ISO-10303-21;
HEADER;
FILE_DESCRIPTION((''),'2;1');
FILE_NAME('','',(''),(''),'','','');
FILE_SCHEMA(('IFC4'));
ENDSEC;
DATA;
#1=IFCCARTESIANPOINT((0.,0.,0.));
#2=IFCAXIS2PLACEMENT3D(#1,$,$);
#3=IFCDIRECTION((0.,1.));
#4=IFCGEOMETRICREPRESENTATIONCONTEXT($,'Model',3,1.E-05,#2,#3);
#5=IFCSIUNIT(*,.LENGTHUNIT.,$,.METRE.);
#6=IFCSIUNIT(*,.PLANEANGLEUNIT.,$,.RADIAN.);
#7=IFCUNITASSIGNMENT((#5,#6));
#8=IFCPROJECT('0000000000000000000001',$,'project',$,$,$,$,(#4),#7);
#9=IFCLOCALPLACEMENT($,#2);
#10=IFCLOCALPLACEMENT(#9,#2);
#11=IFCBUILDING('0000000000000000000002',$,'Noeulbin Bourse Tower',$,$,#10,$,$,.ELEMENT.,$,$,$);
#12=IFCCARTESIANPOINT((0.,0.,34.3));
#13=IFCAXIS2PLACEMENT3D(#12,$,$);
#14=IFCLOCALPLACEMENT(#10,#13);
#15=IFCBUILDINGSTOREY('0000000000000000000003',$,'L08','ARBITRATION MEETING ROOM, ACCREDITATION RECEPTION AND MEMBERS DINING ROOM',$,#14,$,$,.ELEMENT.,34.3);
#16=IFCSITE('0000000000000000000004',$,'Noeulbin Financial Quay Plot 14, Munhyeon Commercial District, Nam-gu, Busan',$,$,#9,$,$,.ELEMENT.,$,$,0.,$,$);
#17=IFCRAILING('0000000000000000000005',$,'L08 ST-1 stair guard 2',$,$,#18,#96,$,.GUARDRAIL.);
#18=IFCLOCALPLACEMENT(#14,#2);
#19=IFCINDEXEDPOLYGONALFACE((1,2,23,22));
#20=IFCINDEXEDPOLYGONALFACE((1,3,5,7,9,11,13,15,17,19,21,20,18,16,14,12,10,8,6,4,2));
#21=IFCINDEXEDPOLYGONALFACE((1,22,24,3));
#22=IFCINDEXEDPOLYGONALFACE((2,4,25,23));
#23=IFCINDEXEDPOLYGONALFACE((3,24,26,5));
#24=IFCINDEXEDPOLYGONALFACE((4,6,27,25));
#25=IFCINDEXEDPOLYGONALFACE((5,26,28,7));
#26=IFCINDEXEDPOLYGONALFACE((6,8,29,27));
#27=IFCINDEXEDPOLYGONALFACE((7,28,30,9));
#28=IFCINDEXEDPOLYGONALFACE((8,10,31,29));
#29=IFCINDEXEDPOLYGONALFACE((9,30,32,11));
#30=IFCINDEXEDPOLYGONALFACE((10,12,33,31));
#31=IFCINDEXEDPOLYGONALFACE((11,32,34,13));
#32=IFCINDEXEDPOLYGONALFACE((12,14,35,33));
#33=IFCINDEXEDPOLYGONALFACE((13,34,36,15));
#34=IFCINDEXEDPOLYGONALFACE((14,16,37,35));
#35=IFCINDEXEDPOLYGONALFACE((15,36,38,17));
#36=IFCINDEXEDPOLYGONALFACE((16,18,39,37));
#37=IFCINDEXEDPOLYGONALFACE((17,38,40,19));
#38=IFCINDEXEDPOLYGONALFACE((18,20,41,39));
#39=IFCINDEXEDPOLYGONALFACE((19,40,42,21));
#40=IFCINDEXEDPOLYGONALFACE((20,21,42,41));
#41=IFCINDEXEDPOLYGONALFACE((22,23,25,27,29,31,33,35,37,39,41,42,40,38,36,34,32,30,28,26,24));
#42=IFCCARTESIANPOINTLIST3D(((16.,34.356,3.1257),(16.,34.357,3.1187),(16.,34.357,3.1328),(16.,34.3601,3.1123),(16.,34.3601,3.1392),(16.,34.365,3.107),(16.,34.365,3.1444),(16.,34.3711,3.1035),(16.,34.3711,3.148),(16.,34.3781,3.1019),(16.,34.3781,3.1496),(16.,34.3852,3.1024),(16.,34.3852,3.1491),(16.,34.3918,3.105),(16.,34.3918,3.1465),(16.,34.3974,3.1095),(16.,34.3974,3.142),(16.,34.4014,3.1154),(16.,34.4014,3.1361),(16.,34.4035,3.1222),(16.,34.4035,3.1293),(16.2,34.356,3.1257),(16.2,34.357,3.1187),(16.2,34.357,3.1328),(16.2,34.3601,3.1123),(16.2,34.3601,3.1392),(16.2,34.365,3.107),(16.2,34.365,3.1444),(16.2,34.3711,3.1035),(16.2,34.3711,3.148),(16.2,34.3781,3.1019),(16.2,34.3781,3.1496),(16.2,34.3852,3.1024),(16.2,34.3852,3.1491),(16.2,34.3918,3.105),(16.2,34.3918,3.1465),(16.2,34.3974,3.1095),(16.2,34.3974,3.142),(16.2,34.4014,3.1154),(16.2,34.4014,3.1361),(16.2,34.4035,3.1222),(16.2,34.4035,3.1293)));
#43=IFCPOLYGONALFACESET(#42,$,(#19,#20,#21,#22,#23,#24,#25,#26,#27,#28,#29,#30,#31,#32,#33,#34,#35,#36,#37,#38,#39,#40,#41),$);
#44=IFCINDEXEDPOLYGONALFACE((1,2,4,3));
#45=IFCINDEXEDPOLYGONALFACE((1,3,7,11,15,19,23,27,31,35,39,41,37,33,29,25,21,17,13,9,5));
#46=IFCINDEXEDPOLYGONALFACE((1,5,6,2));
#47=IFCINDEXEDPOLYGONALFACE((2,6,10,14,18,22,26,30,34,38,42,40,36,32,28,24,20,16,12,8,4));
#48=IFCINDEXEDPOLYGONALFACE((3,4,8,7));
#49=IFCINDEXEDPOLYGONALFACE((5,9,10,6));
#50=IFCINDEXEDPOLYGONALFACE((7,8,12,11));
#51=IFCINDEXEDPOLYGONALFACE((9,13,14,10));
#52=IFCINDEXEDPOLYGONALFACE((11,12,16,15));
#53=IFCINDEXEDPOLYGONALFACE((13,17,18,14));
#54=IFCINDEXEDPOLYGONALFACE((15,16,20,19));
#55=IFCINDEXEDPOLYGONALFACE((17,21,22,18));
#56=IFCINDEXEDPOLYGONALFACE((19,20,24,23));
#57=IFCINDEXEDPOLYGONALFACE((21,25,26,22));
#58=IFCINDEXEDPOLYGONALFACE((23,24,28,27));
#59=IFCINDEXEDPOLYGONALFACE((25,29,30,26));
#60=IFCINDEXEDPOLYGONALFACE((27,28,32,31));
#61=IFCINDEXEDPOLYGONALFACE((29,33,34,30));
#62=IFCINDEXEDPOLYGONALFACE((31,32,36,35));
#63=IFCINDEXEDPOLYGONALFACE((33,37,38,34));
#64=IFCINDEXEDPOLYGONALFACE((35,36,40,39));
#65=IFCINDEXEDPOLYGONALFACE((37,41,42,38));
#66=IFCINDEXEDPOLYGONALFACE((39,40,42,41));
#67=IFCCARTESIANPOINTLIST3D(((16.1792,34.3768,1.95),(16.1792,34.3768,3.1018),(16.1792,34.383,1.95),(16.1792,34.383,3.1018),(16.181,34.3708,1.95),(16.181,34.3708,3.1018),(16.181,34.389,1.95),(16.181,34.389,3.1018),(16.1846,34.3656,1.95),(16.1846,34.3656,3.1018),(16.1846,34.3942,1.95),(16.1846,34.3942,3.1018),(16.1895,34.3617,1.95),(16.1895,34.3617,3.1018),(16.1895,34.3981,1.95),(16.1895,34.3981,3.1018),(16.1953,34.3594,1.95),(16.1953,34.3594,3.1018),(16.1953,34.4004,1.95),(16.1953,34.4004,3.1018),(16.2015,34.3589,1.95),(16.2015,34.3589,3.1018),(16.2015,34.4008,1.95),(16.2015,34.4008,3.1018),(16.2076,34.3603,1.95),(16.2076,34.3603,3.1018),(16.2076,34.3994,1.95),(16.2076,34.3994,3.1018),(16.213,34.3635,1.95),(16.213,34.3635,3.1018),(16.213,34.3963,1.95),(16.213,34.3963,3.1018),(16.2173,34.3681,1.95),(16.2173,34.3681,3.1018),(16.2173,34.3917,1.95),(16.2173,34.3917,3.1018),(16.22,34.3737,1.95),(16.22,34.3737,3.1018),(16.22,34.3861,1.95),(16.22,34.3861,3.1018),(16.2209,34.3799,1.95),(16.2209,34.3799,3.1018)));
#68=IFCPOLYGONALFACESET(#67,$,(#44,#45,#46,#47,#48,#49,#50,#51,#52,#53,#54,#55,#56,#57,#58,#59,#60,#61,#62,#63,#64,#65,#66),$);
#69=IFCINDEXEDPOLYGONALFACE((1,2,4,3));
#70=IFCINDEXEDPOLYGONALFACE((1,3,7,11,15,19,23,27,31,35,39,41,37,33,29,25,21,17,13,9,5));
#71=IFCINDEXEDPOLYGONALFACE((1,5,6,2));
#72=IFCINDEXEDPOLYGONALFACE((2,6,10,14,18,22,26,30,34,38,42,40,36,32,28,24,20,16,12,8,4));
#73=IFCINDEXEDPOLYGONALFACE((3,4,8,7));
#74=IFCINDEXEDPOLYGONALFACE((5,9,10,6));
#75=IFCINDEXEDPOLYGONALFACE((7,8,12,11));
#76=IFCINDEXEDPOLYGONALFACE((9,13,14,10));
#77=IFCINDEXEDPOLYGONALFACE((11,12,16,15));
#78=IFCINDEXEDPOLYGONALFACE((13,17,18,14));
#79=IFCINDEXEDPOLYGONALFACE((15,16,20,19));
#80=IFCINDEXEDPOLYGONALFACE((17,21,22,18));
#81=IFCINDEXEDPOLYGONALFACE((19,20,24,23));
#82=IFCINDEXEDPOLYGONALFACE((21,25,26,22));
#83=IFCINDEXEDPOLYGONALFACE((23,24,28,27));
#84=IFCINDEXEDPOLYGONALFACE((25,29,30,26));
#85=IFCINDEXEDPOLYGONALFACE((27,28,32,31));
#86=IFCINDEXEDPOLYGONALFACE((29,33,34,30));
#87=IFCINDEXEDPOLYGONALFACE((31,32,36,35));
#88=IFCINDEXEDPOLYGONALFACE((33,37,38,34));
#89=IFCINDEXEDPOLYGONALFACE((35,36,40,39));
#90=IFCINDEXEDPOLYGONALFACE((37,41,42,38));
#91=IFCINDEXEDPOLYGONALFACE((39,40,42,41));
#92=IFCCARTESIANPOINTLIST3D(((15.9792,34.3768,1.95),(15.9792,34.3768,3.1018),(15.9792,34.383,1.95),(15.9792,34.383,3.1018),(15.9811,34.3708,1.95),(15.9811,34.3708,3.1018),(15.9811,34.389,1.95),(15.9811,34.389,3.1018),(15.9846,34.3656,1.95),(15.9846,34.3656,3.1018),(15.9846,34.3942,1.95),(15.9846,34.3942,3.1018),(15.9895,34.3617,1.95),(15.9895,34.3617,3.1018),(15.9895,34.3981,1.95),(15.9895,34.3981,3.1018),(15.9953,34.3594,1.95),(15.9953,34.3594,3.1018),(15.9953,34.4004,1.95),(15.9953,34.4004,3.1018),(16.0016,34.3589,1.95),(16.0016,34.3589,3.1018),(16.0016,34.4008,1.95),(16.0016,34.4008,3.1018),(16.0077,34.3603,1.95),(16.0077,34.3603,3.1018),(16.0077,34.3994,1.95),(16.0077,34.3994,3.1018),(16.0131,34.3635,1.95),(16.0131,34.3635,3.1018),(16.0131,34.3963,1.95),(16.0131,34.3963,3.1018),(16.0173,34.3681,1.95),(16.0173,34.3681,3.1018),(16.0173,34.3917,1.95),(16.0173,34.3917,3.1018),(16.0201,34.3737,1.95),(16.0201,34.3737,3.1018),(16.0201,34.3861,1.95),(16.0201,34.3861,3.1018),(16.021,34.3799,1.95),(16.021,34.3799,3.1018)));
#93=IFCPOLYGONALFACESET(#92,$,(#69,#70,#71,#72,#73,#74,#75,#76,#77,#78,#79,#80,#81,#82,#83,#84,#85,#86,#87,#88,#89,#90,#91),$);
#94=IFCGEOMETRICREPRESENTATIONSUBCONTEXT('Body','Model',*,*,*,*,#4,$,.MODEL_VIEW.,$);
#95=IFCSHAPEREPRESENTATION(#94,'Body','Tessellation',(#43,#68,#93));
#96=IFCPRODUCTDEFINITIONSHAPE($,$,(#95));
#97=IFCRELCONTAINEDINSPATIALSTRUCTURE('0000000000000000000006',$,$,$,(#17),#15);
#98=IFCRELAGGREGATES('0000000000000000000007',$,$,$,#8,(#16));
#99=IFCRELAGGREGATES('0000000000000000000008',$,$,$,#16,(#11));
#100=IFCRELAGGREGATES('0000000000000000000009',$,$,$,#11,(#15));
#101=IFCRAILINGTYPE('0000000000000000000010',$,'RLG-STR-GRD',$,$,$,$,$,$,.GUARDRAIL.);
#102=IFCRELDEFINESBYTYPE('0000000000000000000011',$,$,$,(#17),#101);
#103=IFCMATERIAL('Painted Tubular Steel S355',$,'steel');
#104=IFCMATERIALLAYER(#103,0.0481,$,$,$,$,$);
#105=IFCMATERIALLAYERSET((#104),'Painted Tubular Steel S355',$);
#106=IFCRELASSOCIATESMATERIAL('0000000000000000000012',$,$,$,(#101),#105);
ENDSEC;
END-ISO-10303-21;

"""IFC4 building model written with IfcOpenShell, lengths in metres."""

from ifc_helpers import new_model, si_unit, direction, frame, origin, origin_2d, place, context, subcontext, project, spatial, circle, extrude, material, layer, layer_set, type_object, element, save


model = new_model("IFC4")

# Units and contexts
model_context = context("Model", 3, precision=1e-05, world=origin(), true_north=direction((0.0, 1.0)))
body_context = subcontext(model_context, "Body", "Model", "MODEL_VIEW")
ifc_project = project(units=[si_unit("LENGTHUNIT", "METRE"), si_unit("PLANEANGLEUNIT", "RADIAN")], contexts=[model_context])

# Site, building, storey
site_placement = place(None, origin())
site = spatial("IfcSite", under=ifc_project, at=site_placement, Name="Noeulbin Financial Quay Plot 14, Munhyeon Commercial District, Nam-gu, Busan", CompositionType="ELEMENT", RefElevation=0.0)
building_placement = place(site_placement, origin())
building = spatial("IfcBuilding", under=site, at=building_placement, Name="Noeulbin Bourse Tower", CompositionType="ELEMENT")
storey_placement = place(building_placement, frame((0.0, 0.0, 34.3)))
storey = spatial("IfcBuildingStorey", under=building, at=storey_placement, Name="L08", Description="ARBITRATION MEETING ROOM, ACCREDITATION RECEPTION AND MEMBERS DINING ROOM", CompositionType="ELEMENT", Elevation=34.3)

# Railing
ifc_material_1 = material(Name="Painted Tubular Steel S355", Category="steel")
ifc_layer_1 = layer(ifc_material_1, 0.0481)
ifc_layer_set_1 = layer_set([ifc_layer_1], Name="Painted Tubular Steel S355")
railing_type_1 = type_object("IfcRailingType", Name="RLG-STR-GRD", PredefinedType="GUARDRAIL", material=ifc_layer_set_1)
railing_1_placement = place(storey_placement, frame((16.2, 34.3799, 1.95)))
element("IfcRailing", 1, at=railing_1_placement, inside=storey, type_object=railing_type_1, Name="L08 ST-1 stair guard 2", PredefinedType="GUARDRAIL", context=body_context, shape_type="SweptSolid", body=[
    extrude(circle(Radius=0.0239, at=origin_2d()), frame((0.0, 0.0, 1.1758), z_axis=(-1.0, 0.0, 0.0), x_axis=(0.0, -1.0, 0.0)), (0.0, 0.0, 1.0), 0.2),
    extrude(circle(Radius=0.021, at=origin_2d()), origin(), (0.0, 0.0, 1.0), 1.1519),
    extrude(circle(Radius=0.021, at=origin_2d()), frame((-0.2, 0.0, 0.0)), (0.0, 0.0, 1.0), 1.1519),
])

save(model, "model.ifc")
